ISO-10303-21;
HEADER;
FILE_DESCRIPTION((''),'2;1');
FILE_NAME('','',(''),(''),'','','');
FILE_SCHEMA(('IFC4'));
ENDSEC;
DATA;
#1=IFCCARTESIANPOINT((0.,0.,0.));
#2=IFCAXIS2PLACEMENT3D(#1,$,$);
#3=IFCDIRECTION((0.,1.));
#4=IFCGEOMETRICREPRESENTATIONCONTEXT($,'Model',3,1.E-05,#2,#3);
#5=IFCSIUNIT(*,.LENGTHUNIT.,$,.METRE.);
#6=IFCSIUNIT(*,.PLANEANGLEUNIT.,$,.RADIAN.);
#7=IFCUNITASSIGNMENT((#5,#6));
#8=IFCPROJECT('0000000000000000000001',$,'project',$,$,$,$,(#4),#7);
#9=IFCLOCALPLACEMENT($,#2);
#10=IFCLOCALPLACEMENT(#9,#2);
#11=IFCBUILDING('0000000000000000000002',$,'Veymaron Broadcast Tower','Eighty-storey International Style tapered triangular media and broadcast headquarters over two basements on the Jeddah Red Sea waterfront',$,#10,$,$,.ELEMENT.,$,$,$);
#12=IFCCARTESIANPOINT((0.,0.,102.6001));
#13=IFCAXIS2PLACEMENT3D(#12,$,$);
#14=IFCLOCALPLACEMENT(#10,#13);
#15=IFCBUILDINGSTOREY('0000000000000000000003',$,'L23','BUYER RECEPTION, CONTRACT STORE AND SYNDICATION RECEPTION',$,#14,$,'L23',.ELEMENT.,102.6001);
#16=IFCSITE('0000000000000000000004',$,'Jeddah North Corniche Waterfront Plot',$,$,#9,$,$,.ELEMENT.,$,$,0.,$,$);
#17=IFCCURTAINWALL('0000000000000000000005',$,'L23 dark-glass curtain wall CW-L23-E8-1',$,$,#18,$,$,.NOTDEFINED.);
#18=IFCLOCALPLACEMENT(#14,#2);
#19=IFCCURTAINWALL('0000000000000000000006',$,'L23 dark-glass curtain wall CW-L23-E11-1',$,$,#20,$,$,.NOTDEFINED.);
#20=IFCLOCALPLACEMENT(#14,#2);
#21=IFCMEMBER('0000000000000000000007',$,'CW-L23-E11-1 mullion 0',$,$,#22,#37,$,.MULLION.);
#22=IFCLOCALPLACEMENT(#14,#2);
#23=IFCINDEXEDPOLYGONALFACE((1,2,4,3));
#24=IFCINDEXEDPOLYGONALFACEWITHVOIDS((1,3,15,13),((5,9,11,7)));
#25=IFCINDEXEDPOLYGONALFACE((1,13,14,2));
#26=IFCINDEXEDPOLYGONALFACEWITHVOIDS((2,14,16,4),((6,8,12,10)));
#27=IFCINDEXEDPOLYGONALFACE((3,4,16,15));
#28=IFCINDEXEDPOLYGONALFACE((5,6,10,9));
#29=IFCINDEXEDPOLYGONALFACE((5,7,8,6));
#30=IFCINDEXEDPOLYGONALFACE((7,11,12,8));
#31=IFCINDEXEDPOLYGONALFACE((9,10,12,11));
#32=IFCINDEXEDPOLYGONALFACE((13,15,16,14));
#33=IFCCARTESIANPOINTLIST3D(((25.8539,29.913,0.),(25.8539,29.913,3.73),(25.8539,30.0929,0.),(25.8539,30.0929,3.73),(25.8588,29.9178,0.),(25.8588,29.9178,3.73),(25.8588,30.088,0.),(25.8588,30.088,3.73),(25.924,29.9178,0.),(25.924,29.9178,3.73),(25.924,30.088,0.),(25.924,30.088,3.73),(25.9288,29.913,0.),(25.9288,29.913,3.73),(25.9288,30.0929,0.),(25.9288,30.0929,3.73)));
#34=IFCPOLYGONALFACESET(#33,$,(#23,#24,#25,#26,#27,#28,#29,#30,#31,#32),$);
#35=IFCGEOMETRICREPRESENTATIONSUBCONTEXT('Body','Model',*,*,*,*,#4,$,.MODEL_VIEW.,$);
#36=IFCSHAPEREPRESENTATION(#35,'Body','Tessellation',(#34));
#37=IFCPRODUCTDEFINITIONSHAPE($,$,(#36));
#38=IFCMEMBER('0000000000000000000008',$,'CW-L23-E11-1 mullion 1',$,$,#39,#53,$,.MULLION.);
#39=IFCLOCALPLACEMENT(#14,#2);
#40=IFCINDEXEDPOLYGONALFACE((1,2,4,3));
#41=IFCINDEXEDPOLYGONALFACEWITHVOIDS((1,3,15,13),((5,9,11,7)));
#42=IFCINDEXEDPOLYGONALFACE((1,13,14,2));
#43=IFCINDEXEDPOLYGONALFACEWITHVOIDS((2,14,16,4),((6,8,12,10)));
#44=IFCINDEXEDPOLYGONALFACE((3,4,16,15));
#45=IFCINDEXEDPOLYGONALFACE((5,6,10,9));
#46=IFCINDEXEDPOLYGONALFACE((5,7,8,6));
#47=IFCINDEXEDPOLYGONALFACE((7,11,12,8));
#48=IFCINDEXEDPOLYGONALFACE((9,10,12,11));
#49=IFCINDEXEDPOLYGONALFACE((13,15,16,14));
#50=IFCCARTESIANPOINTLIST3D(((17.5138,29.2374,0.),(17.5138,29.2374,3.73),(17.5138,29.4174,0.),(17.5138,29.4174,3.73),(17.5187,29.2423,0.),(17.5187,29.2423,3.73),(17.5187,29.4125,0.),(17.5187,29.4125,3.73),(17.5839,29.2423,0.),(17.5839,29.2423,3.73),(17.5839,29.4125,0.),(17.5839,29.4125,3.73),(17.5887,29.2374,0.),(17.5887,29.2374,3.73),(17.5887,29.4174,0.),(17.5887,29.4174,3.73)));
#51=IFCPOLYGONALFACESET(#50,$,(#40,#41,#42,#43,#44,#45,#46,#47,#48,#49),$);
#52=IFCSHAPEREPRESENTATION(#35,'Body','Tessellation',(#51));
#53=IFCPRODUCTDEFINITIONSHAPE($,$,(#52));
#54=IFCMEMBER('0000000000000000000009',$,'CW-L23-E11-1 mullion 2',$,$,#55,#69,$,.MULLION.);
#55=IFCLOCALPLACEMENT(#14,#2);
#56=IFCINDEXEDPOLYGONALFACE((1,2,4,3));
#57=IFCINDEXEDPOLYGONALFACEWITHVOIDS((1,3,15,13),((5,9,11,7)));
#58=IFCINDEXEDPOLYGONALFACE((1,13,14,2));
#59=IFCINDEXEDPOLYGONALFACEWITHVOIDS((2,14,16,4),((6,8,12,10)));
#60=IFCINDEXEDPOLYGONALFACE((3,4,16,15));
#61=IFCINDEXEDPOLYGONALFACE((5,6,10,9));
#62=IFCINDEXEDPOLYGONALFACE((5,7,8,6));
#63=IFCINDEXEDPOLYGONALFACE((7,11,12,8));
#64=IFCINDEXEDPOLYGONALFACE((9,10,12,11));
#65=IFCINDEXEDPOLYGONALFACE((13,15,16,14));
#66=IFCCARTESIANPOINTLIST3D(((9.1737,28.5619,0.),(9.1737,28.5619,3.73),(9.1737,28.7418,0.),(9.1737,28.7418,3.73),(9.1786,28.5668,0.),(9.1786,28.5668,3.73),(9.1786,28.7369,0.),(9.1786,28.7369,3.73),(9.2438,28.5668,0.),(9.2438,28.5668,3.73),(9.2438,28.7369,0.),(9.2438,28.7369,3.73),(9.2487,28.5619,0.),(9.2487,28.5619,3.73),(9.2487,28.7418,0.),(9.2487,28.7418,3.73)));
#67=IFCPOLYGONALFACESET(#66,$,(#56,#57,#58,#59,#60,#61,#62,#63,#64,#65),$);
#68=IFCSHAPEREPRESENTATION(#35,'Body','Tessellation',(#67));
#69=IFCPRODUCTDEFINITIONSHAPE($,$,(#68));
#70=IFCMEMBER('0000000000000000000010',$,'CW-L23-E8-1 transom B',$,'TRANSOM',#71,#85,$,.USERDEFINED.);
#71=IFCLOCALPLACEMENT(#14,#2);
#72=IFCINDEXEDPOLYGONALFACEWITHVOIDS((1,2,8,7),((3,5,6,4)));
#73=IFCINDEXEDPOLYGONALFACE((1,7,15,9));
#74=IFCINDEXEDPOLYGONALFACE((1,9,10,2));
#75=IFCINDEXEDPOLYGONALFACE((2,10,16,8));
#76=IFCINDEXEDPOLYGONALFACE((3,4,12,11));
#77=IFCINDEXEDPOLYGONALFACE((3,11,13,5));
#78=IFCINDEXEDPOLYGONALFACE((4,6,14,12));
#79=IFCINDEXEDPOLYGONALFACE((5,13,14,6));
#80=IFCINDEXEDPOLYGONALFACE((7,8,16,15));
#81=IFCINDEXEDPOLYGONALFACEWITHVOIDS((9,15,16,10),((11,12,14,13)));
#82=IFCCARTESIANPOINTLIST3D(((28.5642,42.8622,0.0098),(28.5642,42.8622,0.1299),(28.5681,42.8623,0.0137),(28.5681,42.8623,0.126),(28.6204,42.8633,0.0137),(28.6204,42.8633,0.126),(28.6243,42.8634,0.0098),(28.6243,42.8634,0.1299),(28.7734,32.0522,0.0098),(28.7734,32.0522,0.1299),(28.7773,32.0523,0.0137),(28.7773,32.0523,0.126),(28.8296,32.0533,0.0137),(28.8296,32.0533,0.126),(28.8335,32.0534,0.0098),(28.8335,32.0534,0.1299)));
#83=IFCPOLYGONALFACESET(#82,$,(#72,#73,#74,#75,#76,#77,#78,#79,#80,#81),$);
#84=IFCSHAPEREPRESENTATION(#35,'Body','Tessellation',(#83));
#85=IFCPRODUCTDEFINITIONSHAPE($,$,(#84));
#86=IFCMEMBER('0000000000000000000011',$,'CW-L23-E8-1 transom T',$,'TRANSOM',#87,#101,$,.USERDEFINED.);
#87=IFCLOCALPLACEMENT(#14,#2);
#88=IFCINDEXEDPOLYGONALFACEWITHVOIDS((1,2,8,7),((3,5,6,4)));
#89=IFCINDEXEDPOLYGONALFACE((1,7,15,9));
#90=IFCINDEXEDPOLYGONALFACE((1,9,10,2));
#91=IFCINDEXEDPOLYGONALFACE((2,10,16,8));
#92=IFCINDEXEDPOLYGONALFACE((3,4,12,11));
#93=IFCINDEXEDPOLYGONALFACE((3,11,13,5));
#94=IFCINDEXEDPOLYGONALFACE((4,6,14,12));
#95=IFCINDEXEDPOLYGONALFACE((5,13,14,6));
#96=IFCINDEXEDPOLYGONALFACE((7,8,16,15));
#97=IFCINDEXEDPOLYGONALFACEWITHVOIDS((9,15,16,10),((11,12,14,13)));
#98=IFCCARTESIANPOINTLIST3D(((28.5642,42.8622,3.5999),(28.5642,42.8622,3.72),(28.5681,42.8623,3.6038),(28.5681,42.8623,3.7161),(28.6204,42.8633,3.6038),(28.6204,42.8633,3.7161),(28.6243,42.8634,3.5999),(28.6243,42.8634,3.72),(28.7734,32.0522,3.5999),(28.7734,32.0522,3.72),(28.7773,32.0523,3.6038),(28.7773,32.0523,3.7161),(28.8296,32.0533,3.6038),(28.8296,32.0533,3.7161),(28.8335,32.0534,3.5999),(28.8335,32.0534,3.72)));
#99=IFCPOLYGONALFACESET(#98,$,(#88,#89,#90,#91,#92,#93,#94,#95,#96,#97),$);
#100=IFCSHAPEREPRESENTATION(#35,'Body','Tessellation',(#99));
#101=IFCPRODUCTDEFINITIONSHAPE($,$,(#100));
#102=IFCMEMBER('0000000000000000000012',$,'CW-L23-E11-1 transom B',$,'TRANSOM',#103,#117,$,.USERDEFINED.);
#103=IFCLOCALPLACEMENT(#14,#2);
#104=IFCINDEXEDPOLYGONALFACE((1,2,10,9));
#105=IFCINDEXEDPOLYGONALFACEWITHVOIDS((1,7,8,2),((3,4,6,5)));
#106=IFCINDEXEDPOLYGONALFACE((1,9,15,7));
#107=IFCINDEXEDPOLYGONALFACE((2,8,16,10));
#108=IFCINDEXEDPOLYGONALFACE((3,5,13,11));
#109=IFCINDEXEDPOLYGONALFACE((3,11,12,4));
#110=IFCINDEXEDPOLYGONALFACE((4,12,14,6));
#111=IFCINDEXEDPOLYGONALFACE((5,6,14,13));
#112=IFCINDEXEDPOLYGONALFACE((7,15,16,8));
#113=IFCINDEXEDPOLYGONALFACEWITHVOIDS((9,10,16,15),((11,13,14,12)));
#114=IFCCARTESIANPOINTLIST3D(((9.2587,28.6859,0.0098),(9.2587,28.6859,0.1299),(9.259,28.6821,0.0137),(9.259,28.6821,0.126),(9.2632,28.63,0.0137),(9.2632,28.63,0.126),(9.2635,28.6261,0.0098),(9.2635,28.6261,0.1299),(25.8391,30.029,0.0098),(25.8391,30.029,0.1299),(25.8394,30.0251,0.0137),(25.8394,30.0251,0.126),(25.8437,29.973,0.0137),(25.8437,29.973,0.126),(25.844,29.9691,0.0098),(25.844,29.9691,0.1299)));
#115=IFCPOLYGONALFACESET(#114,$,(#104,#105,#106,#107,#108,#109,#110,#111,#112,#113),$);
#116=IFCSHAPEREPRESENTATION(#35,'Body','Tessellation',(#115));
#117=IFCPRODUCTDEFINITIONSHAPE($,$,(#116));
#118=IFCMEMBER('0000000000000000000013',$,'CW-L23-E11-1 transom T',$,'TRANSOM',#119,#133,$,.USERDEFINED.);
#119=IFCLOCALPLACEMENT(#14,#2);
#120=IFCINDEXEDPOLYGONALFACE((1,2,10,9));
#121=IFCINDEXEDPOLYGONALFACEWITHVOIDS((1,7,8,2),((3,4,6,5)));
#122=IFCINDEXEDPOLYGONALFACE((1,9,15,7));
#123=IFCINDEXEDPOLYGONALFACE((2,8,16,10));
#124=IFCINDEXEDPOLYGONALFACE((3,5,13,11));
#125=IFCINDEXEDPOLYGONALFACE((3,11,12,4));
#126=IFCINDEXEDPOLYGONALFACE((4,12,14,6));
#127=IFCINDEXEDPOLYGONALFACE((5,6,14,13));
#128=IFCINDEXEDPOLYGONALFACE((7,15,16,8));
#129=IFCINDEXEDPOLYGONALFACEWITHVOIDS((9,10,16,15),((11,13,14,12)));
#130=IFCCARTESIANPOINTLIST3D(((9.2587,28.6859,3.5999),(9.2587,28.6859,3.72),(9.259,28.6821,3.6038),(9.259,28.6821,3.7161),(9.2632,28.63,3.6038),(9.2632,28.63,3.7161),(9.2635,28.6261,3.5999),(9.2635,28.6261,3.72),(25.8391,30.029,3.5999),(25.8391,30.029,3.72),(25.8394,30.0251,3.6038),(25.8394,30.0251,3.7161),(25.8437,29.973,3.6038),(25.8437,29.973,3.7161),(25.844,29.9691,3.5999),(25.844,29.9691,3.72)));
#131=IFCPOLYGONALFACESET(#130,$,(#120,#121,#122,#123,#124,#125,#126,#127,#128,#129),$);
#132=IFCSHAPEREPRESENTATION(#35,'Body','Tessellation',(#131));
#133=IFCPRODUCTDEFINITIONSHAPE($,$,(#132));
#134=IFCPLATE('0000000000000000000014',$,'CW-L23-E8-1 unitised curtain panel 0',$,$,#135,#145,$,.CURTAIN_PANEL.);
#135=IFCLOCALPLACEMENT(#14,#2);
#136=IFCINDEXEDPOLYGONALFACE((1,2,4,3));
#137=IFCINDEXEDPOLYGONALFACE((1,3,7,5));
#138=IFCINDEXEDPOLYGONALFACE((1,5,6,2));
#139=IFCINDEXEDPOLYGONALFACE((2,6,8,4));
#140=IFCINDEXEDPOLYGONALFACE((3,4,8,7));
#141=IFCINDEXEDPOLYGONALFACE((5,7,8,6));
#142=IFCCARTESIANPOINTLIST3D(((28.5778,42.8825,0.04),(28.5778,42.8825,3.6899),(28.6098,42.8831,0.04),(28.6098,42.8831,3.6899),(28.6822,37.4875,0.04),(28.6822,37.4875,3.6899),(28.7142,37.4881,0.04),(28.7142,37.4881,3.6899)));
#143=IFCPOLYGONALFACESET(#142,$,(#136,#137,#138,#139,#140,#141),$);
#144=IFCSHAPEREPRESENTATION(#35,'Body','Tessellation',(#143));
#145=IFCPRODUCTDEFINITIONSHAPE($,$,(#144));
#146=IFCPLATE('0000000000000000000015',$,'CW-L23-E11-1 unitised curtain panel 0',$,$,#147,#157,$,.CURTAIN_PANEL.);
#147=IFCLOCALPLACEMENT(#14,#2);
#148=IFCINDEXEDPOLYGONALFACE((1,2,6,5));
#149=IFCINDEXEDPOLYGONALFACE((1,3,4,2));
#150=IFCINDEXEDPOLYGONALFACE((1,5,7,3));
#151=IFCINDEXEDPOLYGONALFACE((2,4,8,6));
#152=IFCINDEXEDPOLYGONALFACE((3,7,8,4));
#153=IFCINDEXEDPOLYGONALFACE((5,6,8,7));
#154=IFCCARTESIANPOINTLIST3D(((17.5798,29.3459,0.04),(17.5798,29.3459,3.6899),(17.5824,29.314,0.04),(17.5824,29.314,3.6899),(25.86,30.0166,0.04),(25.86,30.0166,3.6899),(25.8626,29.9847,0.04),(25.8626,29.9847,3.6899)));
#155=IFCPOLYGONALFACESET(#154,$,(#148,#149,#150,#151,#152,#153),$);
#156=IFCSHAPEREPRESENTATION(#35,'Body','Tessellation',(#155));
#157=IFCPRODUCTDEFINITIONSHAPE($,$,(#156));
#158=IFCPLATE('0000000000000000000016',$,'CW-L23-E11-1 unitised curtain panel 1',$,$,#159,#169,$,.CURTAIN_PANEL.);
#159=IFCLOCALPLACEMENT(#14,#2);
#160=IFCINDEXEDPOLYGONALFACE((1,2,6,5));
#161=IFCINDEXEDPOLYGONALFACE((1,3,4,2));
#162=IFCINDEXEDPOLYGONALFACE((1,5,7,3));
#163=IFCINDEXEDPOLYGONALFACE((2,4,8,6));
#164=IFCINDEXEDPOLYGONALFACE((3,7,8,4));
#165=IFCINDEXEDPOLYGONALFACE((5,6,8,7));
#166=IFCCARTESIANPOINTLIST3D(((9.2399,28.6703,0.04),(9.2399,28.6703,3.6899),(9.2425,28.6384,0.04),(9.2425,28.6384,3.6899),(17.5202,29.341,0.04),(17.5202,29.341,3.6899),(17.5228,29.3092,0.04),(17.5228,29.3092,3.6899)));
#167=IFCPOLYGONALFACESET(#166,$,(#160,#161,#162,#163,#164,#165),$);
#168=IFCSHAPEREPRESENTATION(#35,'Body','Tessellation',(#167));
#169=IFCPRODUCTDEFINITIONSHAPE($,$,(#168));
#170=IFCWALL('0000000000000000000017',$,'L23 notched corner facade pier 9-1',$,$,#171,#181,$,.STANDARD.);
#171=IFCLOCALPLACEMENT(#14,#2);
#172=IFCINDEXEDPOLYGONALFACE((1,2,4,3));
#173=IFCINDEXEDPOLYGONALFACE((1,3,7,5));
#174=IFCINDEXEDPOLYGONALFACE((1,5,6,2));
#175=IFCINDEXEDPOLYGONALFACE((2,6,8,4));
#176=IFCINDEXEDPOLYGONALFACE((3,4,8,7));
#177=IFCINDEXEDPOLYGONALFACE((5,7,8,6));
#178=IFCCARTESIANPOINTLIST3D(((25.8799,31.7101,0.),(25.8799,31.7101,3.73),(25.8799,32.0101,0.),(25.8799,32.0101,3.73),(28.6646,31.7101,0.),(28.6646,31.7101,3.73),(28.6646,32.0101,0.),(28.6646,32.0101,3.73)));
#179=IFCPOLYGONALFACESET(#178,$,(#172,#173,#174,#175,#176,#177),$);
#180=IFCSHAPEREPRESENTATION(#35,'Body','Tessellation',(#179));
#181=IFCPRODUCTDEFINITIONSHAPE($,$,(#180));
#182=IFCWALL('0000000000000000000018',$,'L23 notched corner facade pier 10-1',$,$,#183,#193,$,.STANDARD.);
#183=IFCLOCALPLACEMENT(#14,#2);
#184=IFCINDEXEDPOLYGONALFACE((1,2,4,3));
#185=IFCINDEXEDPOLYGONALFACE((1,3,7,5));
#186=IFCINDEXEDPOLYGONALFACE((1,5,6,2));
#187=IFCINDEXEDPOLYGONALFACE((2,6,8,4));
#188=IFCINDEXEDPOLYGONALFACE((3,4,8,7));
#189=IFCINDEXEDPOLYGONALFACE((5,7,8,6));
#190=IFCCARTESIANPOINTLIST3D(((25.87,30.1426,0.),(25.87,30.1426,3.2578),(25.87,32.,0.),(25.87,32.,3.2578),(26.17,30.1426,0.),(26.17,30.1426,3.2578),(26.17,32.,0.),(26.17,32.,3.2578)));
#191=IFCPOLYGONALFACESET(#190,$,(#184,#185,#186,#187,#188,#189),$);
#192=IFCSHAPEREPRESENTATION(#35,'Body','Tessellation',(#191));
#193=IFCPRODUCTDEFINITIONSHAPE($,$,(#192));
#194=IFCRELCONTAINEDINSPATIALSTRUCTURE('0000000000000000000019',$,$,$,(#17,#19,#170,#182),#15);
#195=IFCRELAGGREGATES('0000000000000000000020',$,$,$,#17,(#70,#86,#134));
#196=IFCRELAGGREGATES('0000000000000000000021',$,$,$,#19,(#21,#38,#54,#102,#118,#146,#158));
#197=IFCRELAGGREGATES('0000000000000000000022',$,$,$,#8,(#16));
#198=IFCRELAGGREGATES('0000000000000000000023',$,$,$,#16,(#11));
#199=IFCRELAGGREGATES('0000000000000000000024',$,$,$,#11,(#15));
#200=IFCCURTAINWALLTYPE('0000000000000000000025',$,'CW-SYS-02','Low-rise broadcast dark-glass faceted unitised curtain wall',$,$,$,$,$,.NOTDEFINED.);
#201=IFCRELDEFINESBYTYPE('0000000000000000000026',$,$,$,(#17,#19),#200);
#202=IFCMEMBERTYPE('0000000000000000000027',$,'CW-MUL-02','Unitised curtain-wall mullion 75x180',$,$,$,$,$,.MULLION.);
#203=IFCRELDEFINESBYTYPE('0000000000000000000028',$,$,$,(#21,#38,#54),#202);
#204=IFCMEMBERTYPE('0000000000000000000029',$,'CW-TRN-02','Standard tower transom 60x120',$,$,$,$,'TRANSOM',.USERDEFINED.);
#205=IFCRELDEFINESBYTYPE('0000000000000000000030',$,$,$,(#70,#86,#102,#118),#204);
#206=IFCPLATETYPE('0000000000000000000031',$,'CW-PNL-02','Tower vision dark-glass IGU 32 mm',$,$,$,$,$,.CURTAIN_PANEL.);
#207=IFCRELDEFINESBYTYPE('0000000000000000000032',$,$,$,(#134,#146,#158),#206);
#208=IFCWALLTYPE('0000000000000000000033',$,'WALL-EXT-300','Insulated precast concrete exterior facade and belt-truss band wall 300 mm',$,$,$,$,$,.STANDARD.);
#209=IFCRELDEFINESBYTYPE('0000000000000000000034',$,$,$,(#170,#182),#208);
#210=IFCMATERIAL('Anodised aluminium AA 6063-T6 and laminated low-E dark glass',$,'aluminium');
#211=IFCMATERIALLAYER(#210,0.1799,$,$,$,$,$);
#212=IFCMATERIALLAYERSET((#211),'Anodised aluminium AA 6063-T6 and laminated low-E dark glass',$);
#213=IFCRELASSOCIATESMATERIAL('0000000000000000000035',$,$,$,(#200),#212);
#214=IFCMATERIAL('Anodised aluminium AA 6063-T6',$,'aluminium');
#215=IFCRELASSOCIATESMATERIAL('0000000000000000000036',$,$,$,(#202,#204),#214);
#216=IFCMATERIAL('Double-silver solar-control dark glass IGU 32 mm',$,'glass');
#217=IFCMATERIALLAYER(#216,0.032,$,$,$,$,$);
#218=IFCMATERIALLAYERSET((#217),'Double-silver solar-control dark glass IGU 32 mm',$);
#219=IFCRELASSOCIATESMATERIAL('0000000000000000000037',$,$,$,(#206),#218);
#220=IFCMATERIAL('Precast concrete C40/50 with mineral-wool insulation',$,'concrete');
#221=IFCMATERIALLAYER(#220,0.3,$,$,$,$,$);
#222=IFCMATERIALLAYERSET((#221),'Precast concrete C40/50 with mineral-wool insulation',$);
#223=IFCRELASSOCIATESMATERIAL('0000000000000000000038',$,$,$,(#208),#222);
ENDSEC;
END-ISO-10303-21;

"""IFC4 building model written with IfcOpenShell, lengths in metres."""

from ifc_helpers import new_model, si_unit, direction, frame, frame_2d, origin, origin_2d, place, context, subcontext, project, spatial, rectangle, hollow_rectangle, extrude, material, layer, layer_set, material_profile, profile_set, type_object, element, aggregate, save


model = new_model("IFC4")

# Units and contexts
model_context = context("Model", 3, precision=1e-05, world=origin(), true_north=direction((0.0, 1.0)))
body_context = subcontext(model_context, "Body", "Model", "MODEL_VIEW")
ifc_project = project(units=[si_unit("LENGTHUNIT", "METRE"), si_unit("PLANEANGLEUNIT", "RADIAN")], contexts=[model_context])

# Site, building, storey
site_placement = place(None, origin())
site = spatial("IfcSite", under=ifc_project, at=site_placement, Name="Jeddah North Corniche Waterfront Plot", CompositionType="ELEMENT", RefElevation=0.0)
building_placement = place(site_placement, origin())
building = spatial("IfcBuilding", under=site, at=building_placement, Name="Veymaron Broadcast Tower", Description="Eighty-storey International Style tapered triangular media and broadcast headquarters over two basements on the Jeddah Red Sea waterfront", CompositionType="ELEMENT")
storey_placement = place(building_placement, frame((0.0, 0.0, 102.6001)))
storey = spatial("IfcBuildingStorey", under=building, at=storey_placement, Name="L23", Description="BUYER RECEPTION, CONTRACT STORE AND SYNDICATION RECEPTION", LongName="L23", CompositionType="ELEMENT", Elevation=102.6001)

# Curtain wall
ifc_material_1 = material(Name="Anodised aluminium AA 6063-T6 and laminated low-E dark glass", Category="aluminium")
ifc_layer_1 = layer(ifc_material_1, 0.1799)
ifc_layer_set_1 = layer_set([ifc_layer_1], Name="Anodised aluminium AA 6063-T6 and laminated low-E dark glass")
curtain_wall_type = type_object("IfcCurtainWallType", Name="CW-SYS-02", Description="Low-rise broadcast dark-glass faceted unitised curtain wall", PredefinedType="NOTDEFINED", material=ifc_layer_set_1)
curtain_wall_1_placement = place(storey_placement, origin())
curtain_wall_1 = element("IfcCurtainWall", 1, at=curtain_wall_1_placement, inside=storey, type_object=curtain_wall_type, Name="L23 dark-glass curtain wall CW-L23-E8-1", PredefinedType="NOTDEFINED")
ifc_material_2 = material(Name="Anodised aluminium AA 6063-T6", Category="aluminium")
ifc_material_profile_1 = material_profile(ifc_material_2, hollow_rectangle(XDim=0.075, YDim=0.1799, WallThickness=0.0049, at=origin_2d()), Name="AL180X75X5")
ifc_profile_set_1 = profile_set([ifc_material_profile_1], Name="Anodised aluminium AA 6063-T6")
member_type_1 = type_object("IfcMemberType", Name="CW-MUL-02", Description="Unitised curtain-wall mullion 75x180", PredefinedType="MULLION", material=ifc_profile_set_1)

# Curtain wall, members
curtain_wall_2_placement = place(storey_placement, origin())
curtain_wall_2 = element("IfcCurtainWall", 2, at=curtain_wall_2_placement, inside=storey, type_object=curtain_wall_type, Name="L23 dark-glass curtain wall CW-L23-E11-1", PredefinedType="NOTDEFINED")
member_1_placement = place(storey_placement, frame((25.8914, 30.0029, 0.0), z_axis=(0.0, 0.0, 1.0), x_axis=(1.0, 0.0, 0.0)))
member_1 = element("IfcMember", 3, at=member_1_placement, type_object=member_type_1, Name="CW-L23-E11-1 mullion 0", PredefinedType="MULLION", context=body_context, shape_type="SweptSolid", body=[
    extrude(hollow_rectangle(XDim=0.075, YDim=0.1799, WallThickness=0.0049, at=origin_2d()), origin(), (0.0, 0.0, 1.0), 3.73),
])
member_2_placement = place(storey_placement, frame((17.5513, 29.3274, 0.0), z_axis=(0.0, 0.0, 1.0), x_axis=(1.0, 0.0, 0.0)))
member_2 = element("IfcMember", 4, at=member_2_placement, type_object=member_type_1, Name="CW-L23-E11-1 mullion 1", PredefinedType="MULLION", context=body_context, shape_type="SweptSolid", body=[
    extrude(hollow_rectangle(XDim=0.075, YDim=0.1799, WallThickness=0.0049, at=origin_2d()), origin(), (0.0, 0.0, 1.0), 3.73),
])
member_3_placement = place(storey_placement, frame((9.2112, 28.6519, 0.0), z_axis=(0.0, 0.0, 1.0), x_axis=(1.0, 0.0, 0.0)))
member_3 = element("IfcMember", 5, at=member_3_placement, type_object=member_type_1, Name="CW-L23-E11-1 mullion 2", PredefinedType="MULLION", context=body_context, shape_type="SweptSolid", body=[
    extrude(hollow_rectangle(XDim=0.075, YDim=0.1799, WallThickness=0.0049, at=origin_2d()), origin(), (0.0, 0.0, 1.0), 3.73),
])

# Members
ifc_material_profile_2 = material_profile(ifc_material_2, hollow_rectangle(XDim=0.0601, YDim=0.1201, WallThickness=0.0039, at=origin_2d()), Name="AL120X60X4")
ifc_profile_set_2 = profile_set([ifc_material_profile_2], Name="Anodised aluminium AA 6063-T6")
member_type_2 = type_object("IfcMemberType", Name="CW-TRN-02", Description="Standard tower transom 60x120", ElementType="TRANSOM", PredefinedType="USERDEFINED", material=ifc_profile_set_2)
member_4_placement = place(storey_placement, frame((28.5942, 42.8628, 0.0698), z_axis=(0.019351, -0.999813, 0.0), x_axis=(0.999813, 0.019351, 0.0)))
member_4 = element("IfcMember", 6, at=member_4_placement, type_object=member_type_2, Name="CW-L23-E8-1 transom B", ObjectType="TRANSOM", PredefinedType="USERDEFINED", context=body_context, shape_type="SweptSolid", body=[
    extrude(hollow_rectangle(XDim=0.0601, YDim=0.1201, WallThickness=0.0039, at=origin_2d()), origin(), (0.0, 0.0, 1.0), 10.812),
])
member_5_placement = place(storey_placement, frame((28.5942, 42.8628, 3.6599), z_axis=(0.019351, -0.999813, 0.0), x_axis=(0.999813, 0.019351, 0.0)))
member_5 = element("IfcMember", 7, at=member_5_placement, type_object=member_type_2, Name="CW-L23-E8-1 transom T", ObjectType="TRANSOM", PredefinedType="USERDEFINED", context=body_context, shape_type="SweptSolid", body=[
    extrude(hollow_rectangle(XDim=0.0601, YDim=0.1201, WallThickness=0.0039, at=origin_2d()), origin(), (0.0, 0.0, 1.0), 10.812),
])
member_6_placement = place(storey_placement, frame((25.8416, 29.999, 0.0698), z_axis=(-0.996736, -0.080735, 0.0), x_axis=(0.080735, -0.996736, 0.0)))
member_6 = element("IfcMember", 8, at=member_6_placement, type_object=member_type_2, Name="CW-L23-E11-1 transom B", ObjectType="TRANSOM", PredefinedType="USERDEFINED", context=body_context, shape_type="SweptSolid", body=[
    extrude(hollow_rectangle(XDim=0.0601, YDim=0.1201, WallThickness=0.0039, at=origin_2d()), origin(), (0.0, 0.0, 1.0), 16.6348),
])
member_7_placement = place(storey_placement, frame((25.8416, 29.999, 3.6599), z_axis=(-0.996736, -0.080735, 0.0), x_axis=(0.080735, -0.996736, 0.0)))
member_7 = element("IfcMember", 9, at=member_7_placement, type_object=member_type_2, Name="CW-L23-E11-1 transom T", ObjectType="TRANSOM", PredefinedType="USERDEFINED", context=body_context, shape_type="SweptSolid", body=[
    extrude(hollow_rectangle(XDim=0.0601, YDim=0.1201, WallThickness=0.0039, at=origin_2d()), origin(), (0.0, 0.0, 1.0), 16.6348),
])

# Plates
ifc_material_3 = material(Name="Double-silver solar-control dark glass IGU 32 mm", Category="glass")
ifc_layer_2 = layer(ifc_material_3, 0.032)
ifc_layer_set_2 = layer_set([ifc_layer_2], Name="Double-silver solar-control dark glass IGU 32 mm")
plate_type = type_object("IfcPlateType", Name="CW-PNL-02", Description="Tower vision dark-glass IGU 32 mm", PredefinedType="CURTAIN_PANEL", material=ifc_layer_set_2)
plate_1_placement = place(storey_placement, frame((28.646, 40.1853, 0.04), z_axis=(0.0, 0.0, 1.0), x_axis=(0.019354, -0.999813, 0.0)))
plate_1 = element("IfcPlate", 10, at=plate_1_placement, type_object=plate_type, Name="CW-L23-E8-1 unitised curtain panel 0", PredefinedType="CURTAIN_PANEL", context=body_context, shape_type="SweptSolid", body=[
    extrude(rectangle(XDim=5.396, YDim=0.032, at=origin_2d()), origin(), (0.0, 0.0, 1.0), 3.6499),
])
aggregate(curtain_wall_1, [member_4, member_5, plate_1])
plate_2_placement = place(storey_placement, frame((21.7212, 29.6653, 0.04), z_axis=(0.0, 0.0, 1.0), x_axis=(-0.996735, -0.080738, 0.0)))
plate_2 = element("IfcPlate", 11, at=plate_2_placement, type_object=plate_type, Name="CW-L23-E11-1 unitised curtain panel 0", PredefinedType="CURTAIN_PANEL", context=body_context, shape_type="SweptSolid", body=[
    extrude(rectangle(XDim=8.3074, YDim=0.032, at=origin_2d()), origin(), (0.0, 0.0, 1.0), 3.6499),
])
plate_3_placement = place(storey_placement, frame((13.3813, 28.9897, 0.04), z_axis=(0.0, 0.0, 1.0), x_axis=(-0.996735, -0.080738, 0.0)))
plate_3 = element("IfcPlate", 12, at=plate_3_placement, type_object=plate_type, Name="CW-L23-E11-1 unitised curtain panel 1", PredefinedType="CURTAIN_PANEL", context=body_context, shape_type="SweptSolid", body=[
    extrude(rectangle(XDim=8.3074, YDim=0.032, at=origin_2d()), origin(), (0.0, 0.0, 1.0), 3.6499),
])
aggregate(curtain_wall_2, [member_1, member_2, member_3, member_6, member_7, plate_2, plate_3])

# Walls
ifc_material_4 = material(Name="Precast concrete C40/50 with mineral-wool insulation", Category="concrete")
ifc_layer_3 = layer(ifc_material_4, 0.3)
ifc_layer_set_3 = layer_set([ifc_layer_3], Name="Precast concrete C40/50 with mineral-wool insulation")
wall_type_1 = type_object("IfcWallType", Name="WALL-EXT-300", Description="Insulated precast concrete exterior facade and belt-truss band wall 300 mm", PredefinedType="STANDARD", material=ifc_layer_set_3)
wall_1_placement = place(storey_placement, frame((28.6646, 31.8601, 0.0), z_axis=(0.0, 0.0, 1.0), x_axis=(-1.0, 0.0, 0.0)))
element("IfcWall", 13, at=wall_1_placement, inside=storey, type_object=wall_type_1, Name="L23 notched corner facade pier 9-1", PredefinedType="STANDARD", context=body_context, shape_type="SweptSolid", body=[
    extrude(rectangle(XDim=2.7847, YDim=0.3, at=frame_2d((1.3923, 0.0))), origin(), (0.0, 0.0, 1.0), 3.73),
])
wall_2_placement = place(storey_placement, frame((26.02, 32.0, 0.0), z_axis=(0.0, 0.0, 1.0), x_axis=(0.0, -1.0, 0.0)))
element("IfcWall", 14, at=wall_2_placement, inside=storey, type_object=wall_type_1, Name="L23 notched corner facade pier 10-1", PredefinedType="STANDARD", context=body_context, shape_type="SweptSolid", body=[
    extrude(rectangle(XDim=1.8574, YDim=0.3, at=frame_2d((0.9287, 0.0))), origin(), (0.0, 0.0, 1.0), 3.2578),
])

save(model, "model.ifc")
